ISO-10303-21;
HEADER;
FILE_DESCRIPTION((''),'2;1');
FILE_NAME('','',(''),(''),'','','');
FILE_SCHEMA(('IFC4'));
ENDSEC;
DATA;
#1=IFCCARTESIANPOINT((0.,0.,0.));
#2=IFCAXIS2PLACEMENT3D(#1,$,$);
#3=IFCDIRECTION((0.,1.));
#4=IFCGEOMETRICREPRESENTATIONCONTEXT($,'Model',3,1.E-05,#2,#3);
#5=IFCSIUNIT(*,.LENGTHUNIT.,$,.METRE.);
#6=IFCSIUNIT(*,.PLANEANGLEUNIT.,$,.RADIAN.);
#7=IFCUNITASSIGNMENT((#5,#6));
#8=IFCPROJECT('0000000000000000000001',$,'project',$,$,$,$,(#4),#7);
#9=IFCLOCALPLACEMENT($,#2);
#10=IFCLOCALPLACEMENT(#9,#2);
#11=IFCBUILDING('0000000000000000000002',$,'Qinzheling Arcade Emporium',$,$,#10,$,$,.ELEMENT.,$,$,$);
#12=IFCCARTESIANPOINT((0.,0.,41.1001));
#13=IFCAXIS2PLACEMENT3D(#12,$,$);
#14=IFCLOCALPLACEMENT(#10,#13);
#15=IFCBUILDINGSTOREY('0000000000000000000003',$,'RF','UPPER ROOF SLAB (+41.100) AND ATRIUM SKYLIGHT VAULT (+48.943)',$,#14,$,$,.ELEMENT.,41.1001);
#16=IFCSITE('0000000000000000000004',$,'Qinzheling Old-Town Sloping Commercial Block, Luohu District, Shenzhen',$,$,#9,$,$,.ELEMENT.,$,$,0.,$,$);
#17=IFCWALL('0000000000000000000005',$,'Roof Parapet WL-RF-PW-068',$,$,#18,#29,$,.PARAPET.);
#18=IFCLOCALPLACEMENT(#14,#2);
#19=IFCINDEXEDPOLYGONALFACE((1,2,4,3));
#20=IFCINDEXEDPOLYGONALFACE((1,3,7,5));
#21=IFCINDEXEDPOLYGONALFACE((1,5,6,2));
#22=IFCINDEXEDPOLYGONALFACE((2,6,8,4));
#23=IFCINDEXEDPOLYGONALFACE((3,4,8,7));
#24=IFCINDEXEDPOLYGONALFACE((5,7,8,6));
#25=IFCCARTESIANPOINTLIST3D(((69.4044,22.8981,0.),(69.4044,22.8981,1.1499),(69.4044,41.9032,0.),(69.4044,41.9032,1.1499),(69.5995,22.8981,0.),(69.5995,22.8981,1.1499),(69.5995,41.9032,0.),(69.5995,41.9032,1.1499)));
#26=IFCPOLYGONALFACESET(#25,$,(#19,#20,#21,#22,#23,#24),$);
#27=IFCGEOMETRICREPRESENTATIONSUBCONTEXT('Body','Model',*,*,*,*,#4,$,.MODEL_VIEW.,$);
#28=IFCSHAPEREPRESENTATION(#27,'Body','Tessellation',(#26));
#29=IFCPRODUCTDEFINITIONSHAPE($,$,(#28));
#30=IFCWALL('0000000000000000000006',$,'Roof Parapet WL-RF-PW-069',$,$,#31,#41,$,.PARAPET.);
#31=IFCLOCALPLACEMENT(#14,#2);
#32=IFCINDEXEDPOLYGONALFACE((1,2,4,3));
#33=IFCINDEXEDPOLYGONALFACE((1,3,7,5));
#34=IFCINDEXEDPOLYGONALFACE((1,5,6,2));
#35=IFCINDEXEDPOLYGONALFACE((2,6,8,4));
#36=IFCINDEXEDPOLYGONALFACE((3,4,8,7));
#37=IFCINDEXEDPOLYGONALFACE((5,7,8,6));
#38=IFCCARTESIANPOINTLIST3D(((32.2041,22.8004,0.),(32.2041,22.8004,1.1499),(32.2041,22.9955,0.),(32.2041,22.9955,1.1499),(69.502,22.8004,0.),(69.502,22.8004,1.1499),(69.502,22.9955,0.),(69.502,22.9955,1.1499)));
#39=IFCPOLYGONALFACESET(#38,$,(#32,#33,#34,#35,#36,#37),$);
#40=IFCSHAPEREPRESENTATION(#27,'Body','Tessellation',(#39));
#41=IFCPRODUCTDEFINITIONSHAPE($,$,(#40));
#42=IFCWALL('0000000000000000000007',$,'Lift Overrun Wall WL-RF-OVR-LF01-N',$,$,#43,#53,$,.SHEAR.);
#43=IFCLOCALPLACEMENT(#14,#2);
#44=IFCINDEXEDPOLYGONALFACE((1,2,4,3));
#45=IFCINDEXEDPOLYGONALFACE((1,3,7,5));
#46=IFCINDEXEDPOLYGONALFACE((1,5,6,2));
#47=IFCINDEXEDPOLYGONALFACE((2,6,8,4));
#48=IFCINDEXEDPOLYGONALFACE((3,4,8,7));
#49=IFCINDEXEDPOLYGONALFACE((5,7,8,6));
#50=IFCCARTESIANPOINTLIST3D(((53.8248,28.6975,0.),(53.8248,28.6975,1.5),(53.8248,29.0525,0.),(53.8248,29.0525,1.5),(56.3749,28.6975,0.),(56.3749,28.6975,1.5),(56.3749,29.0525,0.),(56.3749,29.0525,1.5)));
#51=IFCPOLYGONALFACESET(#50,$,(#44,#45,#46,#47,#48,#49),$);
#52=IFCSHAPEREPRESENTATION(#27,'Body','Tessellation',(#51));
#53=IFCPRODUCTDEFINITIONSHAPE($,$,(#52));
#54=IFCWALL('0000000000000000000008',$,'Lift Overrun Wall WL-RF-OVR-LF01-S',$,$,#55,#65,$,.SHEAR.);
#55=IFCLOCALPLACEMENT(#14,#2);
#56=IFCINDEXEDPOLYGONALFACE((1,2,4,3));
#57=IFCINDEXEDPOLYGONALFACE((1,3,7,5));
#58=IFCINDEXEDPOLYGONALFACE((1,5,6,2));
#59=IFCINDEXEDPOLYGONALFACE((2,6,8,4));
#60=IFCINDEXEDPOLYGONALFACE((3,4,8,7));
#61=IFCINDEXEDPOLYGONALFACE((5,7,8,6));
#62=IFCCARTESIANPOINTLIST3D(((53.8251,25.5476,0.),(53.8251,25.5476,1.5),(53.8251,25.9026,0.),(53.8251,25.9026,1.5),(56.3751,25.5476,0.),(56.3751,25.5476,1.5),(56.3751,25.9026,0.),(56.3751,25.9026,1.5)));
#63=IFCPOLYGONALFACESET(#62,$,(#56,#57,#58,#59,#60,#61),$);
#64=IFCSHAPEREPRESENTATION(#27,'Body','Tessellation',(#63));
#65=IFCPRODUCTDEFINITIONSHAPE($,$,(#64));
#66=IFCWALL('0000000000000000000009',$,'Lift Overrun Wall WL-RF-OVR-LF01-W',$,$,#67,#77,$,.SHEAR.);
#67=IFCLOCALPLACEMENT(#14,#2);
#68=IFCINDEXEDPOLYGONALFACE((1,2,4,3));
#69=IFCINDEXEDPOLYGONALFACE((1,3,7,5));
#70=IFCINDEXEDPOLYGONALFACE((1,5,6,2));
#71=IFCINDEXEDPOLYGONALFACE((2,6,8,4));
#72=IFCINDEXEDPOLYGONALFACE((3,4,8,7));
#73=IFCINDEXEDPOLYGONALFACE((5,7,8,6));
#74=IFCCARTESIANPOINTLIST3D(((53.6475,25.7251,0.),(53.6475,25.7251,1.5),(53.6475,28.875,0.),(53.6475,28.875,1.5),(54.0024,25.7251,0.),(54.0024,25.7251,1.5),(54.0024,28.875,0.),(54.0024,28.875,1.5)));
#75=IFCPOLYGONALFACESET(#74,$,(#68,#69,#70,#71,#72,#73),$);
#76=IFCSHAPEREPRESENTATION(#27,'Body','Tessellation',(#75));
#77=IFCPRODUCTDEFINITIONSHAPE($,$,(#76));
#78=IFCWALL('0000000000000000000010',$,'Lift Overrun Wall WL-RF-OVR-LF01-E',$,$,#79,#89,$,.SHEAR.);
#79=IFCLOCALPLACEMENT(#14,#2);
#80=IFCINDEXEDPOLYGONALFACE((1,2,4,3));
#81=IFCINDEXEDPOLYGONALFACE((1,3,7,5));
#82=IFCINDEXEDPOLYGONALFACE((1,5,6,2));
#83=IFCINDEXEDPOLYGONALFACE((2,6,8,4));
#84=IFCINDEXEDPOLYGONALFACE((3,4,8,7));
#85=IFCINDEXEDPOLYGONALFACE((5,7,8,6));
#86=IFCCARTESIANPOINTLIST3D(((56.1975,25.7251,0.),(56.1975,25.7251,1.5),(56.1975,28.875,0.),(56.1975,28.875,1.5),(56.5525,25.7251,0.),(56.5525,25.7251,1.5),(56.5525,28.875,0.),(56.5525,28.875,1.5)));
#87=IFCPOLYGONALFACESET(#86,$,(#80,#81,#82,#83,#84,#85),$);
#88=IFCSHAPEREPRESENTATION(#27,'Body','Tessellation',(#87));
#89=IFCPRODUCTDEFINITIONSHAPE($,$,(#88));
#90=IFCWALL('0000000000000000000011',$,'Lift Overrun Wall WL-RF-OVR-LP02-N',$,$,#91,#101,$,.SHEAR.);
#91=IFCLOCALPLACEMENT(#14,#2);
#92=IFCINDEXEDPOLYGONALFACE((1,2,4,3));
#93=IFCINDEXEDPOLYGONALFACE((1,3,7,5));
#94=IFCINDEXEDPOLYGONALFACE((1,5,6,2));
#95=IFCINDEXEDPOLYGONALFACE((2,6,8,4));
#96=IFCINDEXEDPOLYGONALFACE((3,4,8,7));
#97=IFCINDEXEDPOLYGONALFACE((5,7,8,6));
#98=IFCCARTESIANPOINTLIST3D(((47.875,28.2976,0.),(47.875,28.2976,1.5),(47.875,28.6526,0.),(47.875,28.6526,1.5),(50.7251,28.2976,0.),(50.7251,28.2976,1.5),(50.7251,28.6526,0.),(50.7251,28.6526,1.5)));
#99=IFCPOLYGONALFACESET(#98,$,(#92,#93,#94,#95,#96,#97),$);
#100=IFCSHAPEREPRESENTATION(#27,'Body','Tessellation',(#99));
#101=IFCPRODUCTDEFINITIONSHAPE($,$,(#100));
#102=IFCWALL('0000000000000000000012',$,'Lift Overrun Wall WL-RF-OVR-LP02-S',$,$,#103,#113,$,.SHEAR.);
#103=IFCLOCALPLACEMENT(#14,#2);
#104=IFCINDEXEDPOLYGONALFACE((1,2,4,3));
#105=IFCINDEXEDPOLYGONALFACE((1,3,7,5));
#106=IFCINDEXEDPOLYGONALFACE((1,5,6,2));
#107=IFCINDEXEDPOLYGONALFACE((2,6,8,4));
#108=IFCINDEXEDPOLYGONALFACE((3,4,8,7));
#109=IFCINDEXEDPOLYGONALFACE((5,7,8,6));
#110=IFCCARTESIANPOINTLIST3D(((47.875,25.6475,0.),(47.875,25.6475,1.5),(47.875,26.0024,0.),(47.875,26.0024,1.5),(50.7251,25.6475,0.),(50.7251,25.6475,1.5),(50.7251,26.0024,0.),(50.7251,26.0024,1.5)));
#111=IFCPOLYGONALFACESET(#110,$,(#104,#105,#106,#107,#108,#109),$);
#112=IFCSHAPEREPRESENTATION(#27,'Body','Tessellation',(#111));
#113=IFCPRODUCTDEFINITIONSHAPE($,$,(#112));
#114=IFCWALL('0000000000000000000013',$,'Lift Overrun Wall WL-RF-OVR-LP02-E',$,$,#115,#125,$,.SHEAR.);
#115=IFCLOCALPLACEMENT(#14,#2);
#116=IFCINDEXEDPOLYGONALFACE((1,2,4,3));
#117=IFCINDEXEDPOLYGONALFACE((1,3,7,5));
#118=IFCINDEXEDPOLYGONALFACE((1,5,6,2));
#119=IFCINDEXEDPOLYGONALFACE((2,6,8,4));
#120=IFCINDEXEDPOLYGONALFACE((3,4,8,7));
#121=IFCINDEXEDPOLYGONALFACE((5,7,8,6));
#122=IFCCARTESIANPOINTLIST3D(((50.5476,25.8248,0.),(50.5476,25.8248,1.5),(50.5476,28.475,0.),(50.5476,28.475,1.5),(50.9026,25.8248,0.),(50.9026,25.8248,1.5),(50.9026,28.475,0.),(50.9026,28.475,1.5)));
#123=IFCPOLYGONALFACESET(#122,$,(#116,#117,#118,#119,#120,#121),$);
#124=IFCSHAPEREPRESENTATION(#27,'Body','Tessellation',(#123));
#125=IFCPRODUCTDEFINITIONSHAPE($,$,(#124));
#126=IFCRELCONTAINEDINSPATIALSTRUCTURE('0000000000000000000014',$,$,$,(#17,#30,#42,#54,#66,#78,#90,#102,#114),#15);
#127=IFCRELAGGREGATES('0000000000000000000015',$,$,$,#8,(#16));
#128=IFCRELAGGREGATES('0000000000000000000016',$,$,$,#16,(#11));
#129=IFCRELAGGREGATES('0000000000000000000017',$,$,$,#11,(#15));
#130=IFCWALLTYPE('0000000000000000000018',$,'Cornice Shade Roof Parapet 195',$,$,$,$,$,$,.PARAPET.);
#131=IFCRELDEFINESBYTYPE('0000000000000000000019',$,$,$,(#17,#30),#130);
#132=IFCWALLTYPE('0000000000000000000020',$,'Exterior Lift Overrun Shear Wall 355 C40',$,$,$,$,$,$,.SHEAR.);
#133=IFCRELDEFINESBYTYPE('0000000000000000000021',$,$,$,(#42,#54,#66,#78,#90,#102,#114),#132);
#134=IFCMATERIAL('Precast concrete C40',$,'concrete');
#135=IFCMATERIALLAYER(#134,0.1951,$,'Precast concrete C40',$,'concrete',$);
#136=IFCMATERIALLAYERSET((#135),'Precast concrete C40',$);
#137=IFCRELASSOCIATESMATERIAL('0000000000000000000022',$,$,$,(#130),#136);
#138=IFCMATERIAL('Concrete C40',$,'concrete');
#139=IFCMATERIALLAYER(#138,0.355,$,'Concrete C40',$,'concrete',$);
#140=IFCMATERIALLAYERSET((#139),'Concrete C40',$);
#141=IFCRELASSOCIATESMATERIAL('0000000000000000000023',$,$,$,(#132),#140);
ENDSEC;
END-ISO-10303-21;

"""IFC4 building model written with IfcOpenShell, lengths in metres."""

from ifc_helpers import new_model, si_unit, direction, frame, frame_2d, origin, place, context, subcontext, project, spatial, rectangle, extrude, material, layer, layer_set, type_object, element, save


model = new_model("IFC4")

# Units and contexts
model_context = context("Model", 3, precision=1e-05, world=origin(), true_north=direction((0.0, 1.0)))
body_context = subcontext(model_context, "Body", "Model", "MODEL_VIEW")
ifc_project = project(units=[si_unit("LENGTHUNIT", "METRE"), si_unit("PLANEANGLEUNIT", "RADIAN")], contexts=[model_context])

# Site, building, storey
site_placement = place(None, origin())
site = spatial("IfcSite", under=ifc_project, at=site_placement, Name="Qinzheling Old-Town Sloping Commercial Block, Luohu District, Shenzhen", CompositionType="ELEMENT", RefElevation=0.0)
building_placement = place(site_placement, origin())
building = spatial("IfcBuilding", under=site, at=building_placement, Name="Qinzheling Arcade Emporium", CompositionType="ELEMENT")
storey_placement = place(building_placement, frame((0.0, 0.0, 41.1001)))
storey = spatial("IfcBuildingStorey", under=building, at=storey_placement, Name="RF", Description="UPPER ROOF SLAB (+41.100) AND ATRIUM SKYLIGHT VAULT (+48.943)", CompositionType="ELEMENT", Elevation=41.1001)

# Walls
ifc_material_1 = material(Name="Precast concrete C40", Category="concrete")
ifc_layer_1 = layer(ifc_material_1, 0.1951, Name="Precast concrete C40", Category="concrete")
ifc_layer_set_1 = layer_set([ifc_layer_1], Name="Precast concrete C40")
wall_type_1 = type_object("IfcWallType", Name="Cornice Shade Roof Parapet 195", PredefinedType="PARAPET", material=ifc_layer_set_1)
wall_1_placement = place(storey_placement, frame((69.502, 41.9031, 0.0), z_axis=(0.0, 0.0, 1.0), x_axis=(0.0, -1.0, 0.0)))
element("IfcWall", 1, at=wall_1_placement, inside=storey, type_object=wall_type_1, Name="Roof Parapet WL-RF-PW-068", PredefinedType="PARAPET", context=body_context, shape_type="SweptSolid", body=[
    extrude(rectangle(XDim=19.0051, YDim=0.1951, at=frame_2d((9.5024, 0.0))), origin(), (0.0, 0.0, 1.0), 1.1499),
])
wall_2_placement = place(storey_placement, frame((69.502, 22.8979, 0.0), z_axis=(0.0, 0.0, 1.0), x_axis=(-1.0, 0.0, 0.0)))
element("IfcWall", 2, at=wall_2_placement, inside=storey, type_object=wall_type_1, Name="Roof Parapet WL-RF-PW-069", PredefinedType="PARAPET", context=body_context, shape_type="SweptSolid", body=[
    extrude(rectangle(XDim=37.2979, YDim=0.1951, at=frame_2d((18.6489, 0.0))), origin(), (0.0, 0.0, 1.0), 1.1499),
])
ifc_material_2 = material(Name="Concrete C40", Category="concrete")
ifc_layer_2 = layer(ifc_material_2, 0.355, Name="Concrete C40", Category="concrete")
ifc_layer_set_2 = layer_set([ifc_layer_2], Name="Concrete C40")
wall_type_2 = type_object("IfcWallType", Name="Exterior Lift Overrun Shear Wall 355 C40", PredefinedType="SHEAR", material=ifc_layer_set_2)
for number, where, z_axis, x_axis, name in (
    (3, (53.825, 28.875, 0.0), (0.0, 0.0, 1.0), (1.0, 0.0, 0.0), "Lift Overrun Wall WL-RF-OVR-LF01-N"),
    (4, (56.375, 25.7251, 0.0), (0.0, 0.0, 1.0), (-1.0, 0.0, 0.0), "Lift Overrun Wall WL-RF-OVR-LF01-S"),
):
    element("IfcWall", number, at=place(storey_placement, frame(where, z_axis=z_axis, x_axis=x_axis)), inside=storey, type_object=wall_type_2, Name=name, PredefinedType="SHEAR", context=body_context, shape_type="SweptSolid", body=[
        extrude(rectangle(XDim=2.55, YDim=0.355, at=frame_2d((1.2749, 0.0))), origin(), (0.0, 0.0, 1.0), 1.5),
    ])
for number, where, z_axis, x_axis, name in (
    (5, (53.825, 25.7251, 0.0), (0.0, 0.0, 1.0), (0.0, 1.0, 0.0), "Lift Overrun Wall WL-RF-OVR-LF01-W"),
    (6, (56.375, 28.875, 0.0), (0.0, 0.0, 1.0), (0.0, -1.0, 0.0), "Lift Overrun Wall WL-RF-OVR-LF01-E"),
):
    element("IfcWall", number, at=place(storey_placement, frame(where, z_axis=z_axis, x_axis=x_axis)), inside=storey, type_object=wall_type_2, Name=name, PredefinedType="SHEAR", context=body_context, shape_type="SweptSolid", body=[
        extrude(rectangle(XDim=3.1499, YDim=0.355, at=frame_2d((1.575, 0.0))), origin(), (0.0, 0.0, 1.0), 1.5),
    ])
for number, where, z_axis, x_axis, name in (
    (7, (47.875, 28.4751, 0.0), (0.0, 0.0, 1.0), (1.0, 0.0, 0.0), "Lift Overrun Wall WL-RF-OVR-LP02-N"),
    (8, (50.7251, 25.825, 0.0), (0.0, 0.0, 1.0), (-1.0, 0.0, 0.0), "Lift Overrun Wall WL-RF-OVR-LP02-S"),
):
    element("IfcWall", number, at=place(storey_placement, frame(where, z_axis=z_axis, x_axis=x_axis)), inside=storey, type_object=wall_type_2, Name=name, PredefinedType="SHEAR", context=body_context, shape_type="SweptSolid", body=[
        extrude(rectangle(XDim=2.8501, YDim=0.355, at=frame_2d((1.425, 0.0))), origin(), (0.0, 0.0, 1.0), 1.5),
    ])
wall_3_placement = place(storey_placement, frame((50.7251, 28.4751, 0.0), z_axis=(0.0, 0.0, 1.0), x_axis=(0.0, -1.0, 0.0)))
element("IfcWall", 9, at=wall_3_placement, inside=storey, type_object=wall_type_2, Name="Lift Overrun Wall WL-RF-OVR-LP02-E", PredefinedType="SHEAR", context=body_context, shape_type="SweptSolid", body=[
    extrude(rectangle(XDim=2.6501, YDim=0.355, at=frame_2d((1.3252, 0.0))), origin(), (0.0, 0.0, 1.0), 1.5),
])

save(model, "model.ifc")
